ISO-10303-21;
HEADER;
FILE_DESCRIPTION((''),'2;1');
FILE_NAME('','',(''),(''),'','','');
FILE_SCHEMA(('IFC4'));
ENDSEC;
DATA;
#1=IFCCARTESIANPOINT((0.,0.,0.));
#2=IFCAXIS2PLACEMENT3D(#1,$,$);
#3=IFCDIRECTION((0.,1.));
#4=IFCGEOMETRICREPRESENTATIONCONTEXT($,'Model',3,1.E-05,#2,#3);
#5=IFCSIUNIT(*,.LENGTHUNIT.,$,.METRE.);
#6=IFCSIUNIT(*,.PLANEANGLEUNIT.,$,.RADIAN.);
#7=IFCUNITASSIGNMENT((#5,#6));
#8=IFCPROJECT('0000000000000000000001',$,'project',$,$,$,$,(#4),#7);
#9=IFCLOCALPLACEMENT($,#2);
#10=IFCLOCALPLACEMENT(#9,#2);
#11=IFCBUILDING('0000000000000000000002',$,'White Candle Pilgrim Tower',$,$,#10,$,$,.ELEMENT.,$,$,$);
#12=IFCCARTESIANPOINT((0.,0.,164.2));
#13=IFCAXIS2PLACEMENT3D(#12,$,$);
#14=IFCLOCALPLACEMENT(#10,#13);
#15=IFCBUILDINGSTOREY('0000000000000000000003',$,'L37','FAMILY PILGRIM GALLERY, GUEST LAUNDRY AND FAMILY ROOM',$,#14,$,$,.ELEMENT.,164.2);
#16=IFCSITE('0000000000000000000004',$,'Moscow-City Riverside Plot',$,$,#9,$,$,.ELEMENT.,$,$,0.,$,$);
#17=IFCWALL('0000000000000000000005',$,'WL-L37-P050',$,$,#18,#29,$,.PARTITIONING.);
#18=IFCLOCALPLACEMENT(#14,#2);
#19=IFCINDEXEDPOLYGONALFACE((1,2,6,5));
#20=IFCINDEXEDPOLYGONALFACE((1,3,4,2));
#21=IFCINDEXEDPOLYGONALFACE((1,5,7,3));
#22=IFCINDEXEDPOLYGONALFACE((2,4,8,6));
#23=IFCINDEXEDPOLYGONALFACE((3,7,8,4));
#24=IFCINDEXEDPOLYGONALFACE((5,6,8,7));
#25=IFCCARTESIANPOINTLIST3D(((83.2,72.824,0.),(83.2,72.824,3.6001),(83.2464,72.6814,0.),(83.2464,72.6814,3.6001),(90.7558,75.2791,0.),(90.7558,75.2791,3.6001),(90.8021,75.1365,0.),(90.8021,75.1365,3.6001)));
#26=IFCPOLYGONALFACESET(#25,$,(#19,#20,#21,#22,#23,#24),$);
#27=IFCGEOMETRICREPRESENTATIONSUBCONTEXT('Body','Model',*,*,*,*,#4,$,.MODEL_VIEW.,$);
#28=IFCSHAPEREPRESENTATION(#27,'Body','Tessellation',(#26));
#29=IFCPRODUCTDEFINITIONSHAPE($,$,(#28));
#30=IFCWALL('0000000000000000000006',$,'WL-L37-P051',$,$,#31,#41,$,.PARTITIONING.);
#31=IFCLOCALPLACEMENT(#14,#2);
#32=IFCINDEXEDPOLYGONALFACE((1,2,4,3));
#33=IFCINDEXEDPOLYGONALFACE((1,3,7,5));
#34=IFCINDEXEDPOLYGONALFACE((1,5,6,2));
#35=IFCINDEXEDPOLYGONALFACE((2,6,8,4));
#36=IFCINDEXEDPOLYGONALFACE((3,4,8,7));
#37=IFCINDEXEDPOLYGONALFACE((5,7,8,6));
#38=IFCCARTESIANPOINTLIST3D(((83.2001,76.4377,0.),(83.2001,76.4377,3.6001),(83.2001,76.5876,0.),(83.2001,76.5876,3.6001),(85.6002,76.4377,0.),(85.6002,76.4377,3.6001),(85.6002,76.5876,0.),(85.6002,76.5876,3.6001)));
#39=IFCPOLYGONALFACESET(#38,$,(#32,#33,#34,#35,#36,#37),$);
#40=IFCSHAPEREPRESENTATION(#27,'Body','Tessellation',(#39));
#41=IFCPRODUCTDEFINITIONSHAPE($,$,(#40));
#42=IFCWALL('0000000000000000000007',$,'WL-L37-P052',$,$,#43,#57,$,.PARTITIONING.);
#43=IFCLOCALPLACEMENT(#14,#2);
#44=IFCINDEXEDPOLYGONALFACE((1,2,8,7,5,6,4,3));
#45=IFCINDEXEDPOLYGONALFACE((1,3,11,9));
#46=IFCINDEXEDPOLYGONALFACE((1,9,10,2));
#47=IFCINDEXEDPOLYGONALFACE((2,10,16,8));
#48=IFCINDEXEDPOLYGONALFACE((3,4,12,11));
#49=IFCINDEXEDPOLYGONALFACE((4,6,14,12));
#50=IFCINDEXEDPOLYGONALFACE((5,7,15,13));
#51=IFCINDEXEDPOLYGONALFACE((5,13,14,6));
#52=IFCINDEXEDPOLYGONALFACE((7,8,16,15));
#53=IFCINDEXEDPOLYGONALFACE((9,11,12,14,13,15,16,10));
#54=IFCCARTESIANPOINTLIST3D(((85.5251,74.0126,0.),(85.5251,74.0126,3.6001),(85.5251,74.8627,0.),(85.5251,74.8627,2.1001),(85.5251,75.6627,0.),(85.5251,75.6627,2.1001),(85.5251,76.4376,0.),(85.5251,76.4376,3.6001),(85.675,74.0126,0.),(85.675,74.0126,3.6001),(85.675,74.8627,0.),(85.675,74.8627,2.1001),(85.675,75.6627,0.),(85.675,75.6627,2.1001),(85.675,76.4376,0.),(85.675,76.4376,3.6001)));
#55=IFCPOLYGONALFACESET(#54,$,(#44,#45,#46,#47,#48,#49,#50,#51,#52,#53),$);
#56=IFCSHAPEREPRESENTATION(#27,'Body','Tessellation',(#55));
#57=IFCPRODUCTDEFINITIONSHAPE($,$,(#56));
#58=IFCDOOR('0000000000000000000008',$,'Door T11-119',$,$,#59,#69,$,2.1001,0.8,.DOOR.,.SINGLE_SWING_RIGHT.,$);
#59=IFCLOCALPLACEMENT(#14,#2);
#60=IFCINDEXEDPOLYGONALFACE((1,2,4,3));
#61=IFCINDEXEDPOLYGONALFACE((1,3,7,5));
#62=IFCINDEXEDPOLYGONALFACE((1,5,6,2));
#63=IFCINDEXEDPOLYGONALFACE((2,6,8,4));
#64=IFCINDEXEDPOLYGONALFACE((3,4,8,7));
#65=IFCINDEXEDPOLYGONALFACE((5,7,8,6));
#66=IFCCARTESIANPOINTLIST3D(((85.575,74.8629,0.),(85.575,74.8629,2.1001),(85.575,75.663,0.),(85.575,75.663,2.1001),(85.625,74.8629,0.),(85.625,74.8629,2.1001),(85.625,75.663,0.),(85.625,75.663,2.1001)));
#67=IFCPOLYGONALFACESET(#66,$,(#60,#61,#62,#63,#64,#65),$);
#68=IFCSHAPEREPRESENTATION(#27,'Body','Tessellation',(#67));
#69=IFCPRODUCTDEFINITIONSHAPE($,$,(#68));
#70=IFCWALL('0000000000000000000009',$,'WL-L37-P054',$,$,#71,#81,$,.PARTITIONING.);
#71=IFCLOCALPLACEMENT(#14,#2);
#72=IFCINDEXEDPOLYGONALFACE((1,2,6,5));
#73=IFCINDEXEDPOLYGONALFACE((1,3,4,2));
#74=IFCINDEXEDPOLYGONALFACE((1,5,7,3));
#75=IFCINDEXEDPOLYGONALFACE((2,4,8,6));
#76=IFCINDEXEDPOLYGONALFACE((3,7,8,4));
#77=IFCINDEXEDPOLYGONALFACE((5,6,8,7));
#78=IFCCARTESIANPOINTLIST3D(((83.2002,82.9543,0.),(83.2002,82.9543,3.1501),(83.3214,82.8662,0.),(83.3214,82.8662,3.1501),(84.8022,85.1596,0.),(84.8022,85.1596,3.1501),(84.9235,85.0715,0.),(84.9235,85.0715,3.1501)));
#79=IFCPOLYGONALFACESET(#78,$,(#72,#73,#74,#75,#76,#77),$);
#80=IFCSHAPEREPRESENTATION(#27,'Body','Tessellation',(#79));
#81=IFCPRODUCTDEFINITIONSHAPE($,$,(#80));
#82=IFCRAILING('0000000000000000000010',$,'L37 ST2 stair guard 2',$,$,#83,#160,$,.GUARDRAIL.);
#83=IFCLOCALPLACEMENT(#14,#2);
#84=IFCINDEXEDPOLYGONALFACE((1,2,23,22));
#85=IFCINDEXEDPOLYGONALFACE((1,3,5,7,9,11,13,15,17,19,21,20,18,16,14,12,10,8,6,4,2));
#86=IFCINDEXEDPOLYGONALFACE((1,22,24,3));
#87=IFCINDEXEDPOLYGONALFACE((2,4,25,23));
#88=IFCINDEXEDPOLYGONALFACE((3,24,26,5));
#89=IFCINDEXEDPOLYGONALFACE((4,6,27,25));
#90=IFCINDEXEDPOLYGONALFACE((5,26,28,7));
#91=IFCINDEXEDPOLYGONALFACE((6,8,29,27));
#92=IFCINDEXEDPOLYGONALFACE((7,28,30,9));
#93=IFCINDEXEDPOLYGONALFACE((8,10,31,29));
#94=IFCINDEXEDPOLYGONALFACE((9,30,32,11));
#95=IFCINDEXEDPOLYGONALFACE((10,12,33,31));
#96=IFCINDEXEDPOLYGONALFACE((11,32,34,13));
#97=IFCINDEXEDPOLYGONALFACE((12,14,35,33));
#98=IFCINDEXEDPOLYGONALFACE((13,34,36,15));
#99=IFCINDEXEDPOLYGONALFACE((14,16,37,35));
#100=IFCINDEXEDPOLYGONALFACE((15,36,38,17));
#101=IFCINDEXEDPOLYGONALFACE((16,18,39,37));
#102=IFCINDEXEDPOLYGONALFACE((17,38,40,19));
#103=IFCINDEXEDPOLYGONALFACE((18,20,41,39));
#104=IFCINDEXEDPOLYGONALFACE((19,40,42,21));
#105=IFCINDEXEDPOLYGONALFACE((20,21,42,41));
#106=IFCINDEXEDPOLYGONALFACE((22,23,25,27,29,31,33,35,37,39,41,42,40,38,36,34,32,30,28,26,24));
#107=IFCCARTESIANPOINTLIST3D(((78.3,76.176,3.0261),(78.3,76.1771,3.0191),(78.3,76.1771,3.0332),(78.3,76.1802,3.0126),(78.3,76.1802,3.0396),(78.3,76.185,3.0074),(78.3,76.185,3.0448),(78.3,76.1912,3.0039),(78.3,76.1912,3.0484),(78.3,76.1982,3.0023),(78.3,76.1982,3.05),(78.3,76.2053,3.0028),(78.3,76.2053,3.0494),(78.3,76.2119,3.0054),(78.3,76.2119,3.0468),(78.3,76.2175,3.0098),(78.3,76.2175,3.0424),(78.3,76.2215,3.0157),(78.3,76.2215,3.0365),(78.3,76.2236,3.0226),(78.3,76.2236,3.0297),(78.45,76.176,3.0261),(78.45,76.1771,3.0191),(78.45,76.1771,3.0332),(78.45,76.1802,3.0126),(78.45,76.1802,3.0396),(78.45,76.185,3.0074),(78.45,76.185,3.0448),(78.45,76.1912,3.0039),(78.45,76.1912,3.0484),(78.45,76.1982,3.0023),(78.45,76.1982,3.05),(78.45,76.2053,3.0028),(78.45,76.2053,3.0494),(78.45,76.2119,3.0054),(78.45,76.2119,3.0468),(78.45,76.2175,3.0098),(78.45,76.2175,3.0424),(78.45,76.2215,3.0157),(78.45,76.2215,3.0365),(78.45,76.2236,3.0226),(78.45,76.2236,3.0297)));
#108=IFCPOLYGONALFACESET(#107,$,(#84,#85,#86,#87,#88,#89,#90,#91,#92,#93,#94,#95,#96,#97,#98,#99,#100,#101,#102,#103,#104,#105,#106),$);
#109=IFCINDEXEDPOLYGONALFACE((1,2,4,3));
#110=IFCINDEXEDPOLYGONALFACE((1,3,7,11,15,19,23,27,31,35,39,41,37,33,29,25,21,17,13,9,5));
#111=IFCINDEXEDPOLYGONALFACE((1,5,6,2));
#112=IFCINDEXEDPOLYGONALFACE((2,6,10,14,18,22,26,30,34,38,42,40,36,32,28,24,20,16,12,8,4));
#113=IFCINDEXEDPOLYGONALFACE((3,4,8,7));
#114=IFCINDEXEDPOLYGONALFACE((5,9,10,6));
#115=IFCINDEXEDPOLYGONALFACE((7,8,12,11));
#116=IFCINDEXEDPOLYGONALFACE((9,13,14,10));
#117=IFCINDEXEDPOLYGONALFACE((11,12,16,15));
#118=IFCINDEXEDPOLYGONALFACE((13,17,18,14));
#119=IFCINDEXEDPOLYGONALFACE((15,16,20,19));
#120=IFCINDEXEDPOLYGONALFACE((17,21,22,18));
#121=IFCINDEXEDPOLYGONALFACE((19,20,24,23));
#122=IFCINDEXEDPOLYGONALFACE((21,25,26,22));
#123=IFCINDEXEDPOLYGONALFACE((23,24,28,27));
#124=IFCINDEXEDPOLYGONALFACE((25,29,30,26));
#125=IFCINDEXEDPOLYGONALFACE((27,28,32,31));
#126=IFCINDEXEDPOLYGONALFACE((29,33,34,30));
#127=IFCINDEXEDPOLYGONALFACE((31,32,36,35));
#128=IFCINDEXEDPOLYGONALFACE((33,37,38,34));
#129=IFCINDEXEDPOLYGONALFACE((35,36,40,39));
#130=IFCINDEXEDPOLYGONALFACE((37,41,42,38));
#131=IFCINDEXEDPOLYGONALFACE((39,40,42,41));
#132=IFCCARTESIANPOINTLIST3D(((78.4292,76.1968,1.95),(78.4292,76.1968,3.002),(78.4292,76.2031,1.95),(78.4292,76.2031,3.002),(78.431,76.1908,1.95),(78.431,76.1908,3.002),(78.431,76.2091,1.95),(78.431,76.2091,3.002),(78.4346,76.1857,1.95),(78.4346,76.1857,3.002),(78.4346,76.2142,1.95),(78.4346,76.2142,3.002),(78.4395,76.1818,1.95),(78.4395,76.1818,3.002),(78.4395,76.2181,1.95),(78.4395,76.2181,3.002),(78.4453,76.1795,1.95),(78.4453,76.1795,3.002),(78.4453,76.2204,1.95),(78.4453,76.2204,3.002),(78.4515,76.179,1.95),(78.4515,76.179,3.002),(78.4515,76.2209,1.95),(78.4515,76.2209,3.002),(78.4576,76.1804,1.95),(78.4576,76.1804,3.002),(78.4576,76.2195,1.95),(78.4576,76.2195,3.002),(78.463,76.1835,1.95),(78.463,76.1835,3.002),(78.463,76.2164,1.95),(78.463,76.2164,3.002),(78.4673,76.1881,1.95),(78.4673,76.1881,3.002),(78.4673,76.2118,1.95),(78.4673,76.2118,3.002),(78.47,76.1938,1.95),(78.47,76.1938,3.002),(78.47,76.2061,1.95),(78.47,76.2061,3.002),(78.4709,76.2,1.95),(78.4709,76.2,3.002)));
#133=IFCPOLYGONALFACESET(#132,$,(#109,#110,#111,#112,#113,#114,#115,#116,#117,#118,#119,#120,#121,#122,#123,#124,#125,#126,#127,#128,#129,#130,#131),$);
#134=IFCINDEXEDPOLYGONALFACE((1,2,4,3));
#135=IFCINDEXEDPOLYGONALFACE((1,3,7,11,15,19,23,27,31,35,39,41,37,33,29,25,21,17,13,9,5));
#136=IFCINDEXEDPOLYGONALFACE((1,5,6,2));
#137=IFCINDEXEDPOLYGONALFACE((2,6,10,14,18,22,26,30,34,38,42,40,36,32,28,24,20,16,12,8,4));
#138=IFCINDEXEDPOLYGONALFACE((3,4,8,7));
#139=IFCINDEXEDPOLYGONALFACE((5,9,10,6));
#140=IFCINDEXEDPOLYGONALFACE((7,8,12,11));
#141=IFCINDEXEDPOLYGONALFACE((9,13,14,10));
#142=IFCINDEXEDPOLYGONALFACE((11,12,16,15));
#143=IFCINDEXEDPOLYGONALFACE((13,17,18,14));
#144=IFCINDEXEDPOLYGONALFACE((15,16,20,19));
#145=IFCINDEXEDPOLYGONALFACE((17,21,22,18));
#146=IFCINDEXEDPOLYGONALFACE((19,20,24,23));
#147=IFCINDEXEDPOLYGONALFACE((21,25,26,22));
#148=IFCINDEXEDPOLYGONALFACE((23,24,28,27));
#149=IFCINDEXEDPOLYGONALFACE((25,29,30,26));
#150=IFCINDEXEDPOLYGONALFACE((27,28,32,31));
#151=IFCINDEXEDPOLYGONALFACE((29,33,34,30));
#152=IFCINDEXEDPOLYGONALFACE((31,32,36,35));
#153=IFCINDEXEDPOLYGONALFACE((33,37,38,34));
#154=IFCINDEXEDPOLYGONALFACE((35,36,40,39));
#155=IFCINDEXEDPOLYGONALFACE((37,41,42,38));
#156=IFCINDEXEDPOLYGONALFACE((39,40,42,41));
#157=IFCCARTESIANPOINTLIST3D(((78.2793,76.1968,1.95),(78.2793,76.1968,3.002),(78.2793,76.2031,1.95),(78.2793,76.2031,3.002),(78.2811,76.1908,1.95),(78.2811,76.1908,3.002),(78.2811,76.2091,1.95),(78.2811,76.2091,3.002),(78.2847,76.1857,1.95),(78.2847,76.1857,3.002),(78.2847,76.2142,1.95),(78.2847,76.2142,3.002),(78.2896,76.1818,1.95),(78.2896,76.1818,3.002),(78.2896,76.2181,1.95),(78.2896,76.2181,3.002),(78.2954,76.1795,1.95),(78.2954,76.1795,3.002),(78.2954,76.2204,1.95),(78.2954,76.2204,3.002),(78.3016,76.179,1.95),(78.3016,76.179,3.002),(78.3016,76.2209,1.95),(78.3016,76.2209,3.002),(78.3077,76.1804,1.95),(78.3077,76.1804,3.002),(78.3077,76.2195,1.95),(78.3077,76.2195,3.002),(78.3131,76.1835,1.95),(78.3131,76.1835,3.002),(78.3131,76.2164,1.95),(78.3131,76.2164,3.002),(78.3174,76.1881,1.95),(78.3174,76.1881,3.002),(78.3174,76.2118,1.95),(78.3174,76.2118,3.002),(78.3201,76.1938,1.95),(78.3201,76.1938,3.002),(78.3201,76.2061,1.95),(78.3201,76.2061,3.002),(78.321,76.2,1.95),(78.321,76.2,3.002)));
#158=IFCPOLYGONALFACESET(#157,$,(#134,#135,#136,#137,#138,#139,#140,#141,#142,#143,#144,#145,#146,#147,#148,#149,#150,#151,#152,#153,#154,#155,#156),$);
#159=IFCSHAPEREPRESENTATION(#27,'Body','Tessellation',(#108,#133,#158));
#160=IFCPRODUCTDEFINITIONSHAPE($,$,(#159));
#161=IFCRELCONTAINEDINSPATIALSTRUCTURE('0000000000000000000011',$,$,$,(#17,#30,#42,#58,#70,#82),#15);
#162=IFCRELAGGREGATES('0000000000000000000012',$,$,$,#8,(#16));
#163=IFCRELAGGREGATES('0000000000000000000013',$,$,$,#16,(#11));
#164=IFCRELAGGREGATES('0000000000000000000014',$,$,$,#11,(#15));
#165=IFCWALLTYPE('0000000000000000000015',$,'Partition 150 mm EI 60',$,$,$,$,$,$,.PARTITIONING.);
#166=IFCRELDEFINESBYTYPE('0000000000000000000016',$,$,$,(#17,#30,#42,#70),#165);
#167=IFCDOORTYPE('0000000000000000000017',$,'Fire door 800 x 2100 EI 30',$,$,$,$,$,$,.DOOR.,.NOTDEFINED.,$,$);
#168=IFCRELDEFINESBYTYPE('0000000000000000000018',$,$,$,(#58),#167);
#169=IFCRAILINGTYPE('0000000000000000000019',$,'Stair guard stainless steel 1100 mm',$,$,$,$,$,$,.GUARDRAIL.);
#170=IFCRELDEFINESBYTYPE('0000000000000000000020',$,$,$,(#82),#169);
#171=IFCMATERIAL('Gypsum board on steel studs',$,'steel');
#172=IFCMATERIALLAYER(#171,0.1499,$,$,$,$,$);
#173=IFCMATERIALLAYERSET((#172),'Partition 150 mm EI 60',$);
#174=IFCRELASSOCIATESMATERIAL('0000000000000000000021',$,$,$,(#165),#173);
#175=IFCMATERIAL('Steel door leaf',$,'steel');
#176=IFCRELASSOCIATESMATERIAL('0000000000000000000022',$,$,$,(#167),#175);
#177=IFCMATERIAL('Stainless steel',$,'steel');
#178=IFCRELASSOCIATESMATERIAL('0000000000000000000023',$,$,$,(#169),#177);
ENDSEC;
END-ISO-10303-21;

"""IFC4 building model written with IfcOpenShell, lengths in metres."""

from ifc_helpers import new_model, si_unit, direction, frame, frame_2d, origin, origin_2d, place, context, subcontext, project, spatial, rectangle, circle, extrude, material, layer, layer_set, type_object, element, fill, save


model = new_model("IFC4")

# Units and contexts
model_context = context("Model", 3, precision=1e-05, world=origin(), true_north=direction((0.0, 1.0)))
body_context = subcontext(model_context, "Body", "Model", "MODEL_VIEW")
ifc_project = project(units=[si_unit("LENGTHUNIT", "METRE"), si_unit("PLANEANGLEUNIT", "RADIAN")], contexts=[model_context])

# Site, building, storey
site_placement = place(None, origin())
site = spatial("IfcSite", under=ifc_project, at=site_placement, Name="Moscow-City Riverside Plot", CompositionType="ELEMENT", RefElevation=0.0)
building_placement = place(site_placement, origin())
building = spatial("IfcBuilding", under=site, at=building_placement, Name="White Candle Pilgrim Tower", CompositionType="ELEMENT")
storey_placement = place(building_placement, frame((0.0, 0.0, 164.2)))
storey = spatial("IfcBuildingStorey", under=building, at=storey_placement, Name="L37", Description="FAMILY PILGRIM GALLERY, GUEST LAUNDRY AND FAMILY ROOM", CompositionType="ELEMENT", Elevation=164.2)

# Shared definitions
ifc_material_1 = material(Name="Steel door leaf", Category="steel")

# Shared definitions
ifc_material_2 = material(Name="Gypsum board on steel studs", Category="steel")

# Walls
ifc_layer_1 = layer(ifc_material_2, 0.1499)
ifc_layer_set_1 = layer_set([ifc_layer_1], Name="Partition 150 mm EI 60")
wall_type_1 = type_object("IfcWallType", Name="Partition 150 mm EI 60", PredefinedType="PARTITIONING", material=ifc_layer_set_1)
wall_1_placement = place(storey_placement, frame((90.7788, 75.2078, 0.0), z_axis=(0.0, 0.0, 1.0), x_axis=(-0.951053, -0.309028, 0.0)))
element("IfcWall", 1, at=wall_1_placement, inside=storey, type_object=wall_type_1, Name="WL-L37-P050", PredefinedType="PARTITIONING", context=body_context, shape_type="SweptSolid", body=[
    extrude(rectangle(XDim=7.9446, YDim=0.1499, at=frame_2d((3.9722, 0.0))), origin(), (0.0, 0.0, 1.0), 3.6001),
])
wall_2_placement = place(storey_placement, frame((83.2, 76.5127, 0.0), z_axis=(0.0, 0.0, 1.0), x_axis=(1.0, 0.0, 0.0)))
element("IfcWall", 2, at=wall_2_placement, inside=storey, type_object=wall_type_1, Name="WL-L37-P051", PredefinedType="PARTITIONING", context=body_context, shape_type="SweptSolid", body=[
    extrude(rectangle(XDim=2.4001, YDim=0.1499, at=frame_2d((1.2002, 0.0))), origin(), (0.0, 0.0, 1.0), 3.6001),
])

# Wall, opening, door
wall_3_placement = place(storey_placement, frame((85.6001, 74.0127, 0.0), z_axis=(0.0, 0.0, 1.0), x_axis=(0.0, 1.0, 0.0)))
wall_3 = element("IfcWall", 3, at=wall_3_placement, inside=storey, type_object=wall_type_1, Name="WL-L37-P052", PredefinedType="PARTITIONING", context=body_context, shape_type="SweptSolid", body=[
    extrude(rectangle(XDim=2.425, YDim=0.1499, at=frame_2d((1.2124, 0.0))), origin(), (0.0, 0.0, 1.0), 3.6001),
])
opening_1_placement = place(wall_3_placement, frame((0.8501, 0.0, 0.0)))
opening_1 = element("IfcOpeningElement", 4, at=opening_1_placement, cuts=wall_3, PredefinedType="OPENING", context=body_context, shape_type="SweptSolid", body=[
    extrude(rectangle(XDim=0.8, YDim=2.1001, at=frame_2d((0.3999, 1.05))), frame((0.0, 0.085, 0.0), z_axis=(0.0, -1.0, 0.0), x_axis=(1.0, 0.0, 0.0)), (0.0, 0.0, 1.0), 0.1699),
])
door_type_1 = type_object("IfcDoorType", Name="Fire door 800 x 2100 EI 30", OperationType="NOTDEFINED", PredefinedType="DOOR", material=ifc_material_1)
door_1_placement = place(opening_1_placement, frame((0.8, 0.0, 0.0), z_axis=(0.0, 0.0, 1.0), x_axis=(-1.0, 0.0, 0.0)))
door_1 = element("IfcDoor", 5, at=door_1_placement, inside=storey, type_object=door_type_1, Name="Door T11-119", OperationType="SINGLE_SWING_RIGHT", OverallHeight=2.1001, OverallWidth=0.8, PredefinedType="DOOR", context=body_context, shape_type="SweptSolid", body=[
    extrude(rectangle(XDim=0.8, YDim=2.1001, at=frame_2d((0.3999, 1.05))), frame((0.0, 0.0249, 0.0), z_axis=(0.0, -1.0, 0.0), x_axis=(1.0, 0.0, 0.0)), (0.0, 0.0, 1.0), 0.05),
])
fill(opening_1, door_1)

# Wall
wall_4_placement = place(storey_placement, frame((84.8628, 85.1155, 0.0), z_axis=(0.0, 0.0, 1.0), x_axis=(-0.587735, -0.809054, 0.0)))
element("IfcWall", 6, at=wall_4_placement, inside=storey, type_object=wall_type_1, Name="WL-L37-P054", PredefinedType="PARTITIONING", context=body_context, shape_type="SweptSolid", body=[
    extrude(rectangle(XDim=2.7258, YDim=0.1499, at=frame_2d((1.3628, 0.0))), origin(), (0.0, 0.0, 1.0), 3.1501),
])

# Railing
ifc_material_3 = material(Name="Stainless steel", Category="steel")
railing_type = type_object("IfcRailingType", Name="Stair guard stainless steel 1100 mm", PredefinedType="GUARDRAIL", material=ifc_material_3)
railing_1_placement = place(storey_placement, frame((78.45, 76.2, 1.95)))
element("IfcRailing", 7, at=railing_1_placement, inside=storey, type_object=railing_type, Name="L37 ST2 stair guard 2", PredefinedType="GUARDRAIL", context=body_context, shape_type="SweptSolid", body=[
    extrude(circle(Radius=0.0239, at=origin_2d()), frame((0.0, 0.0, 1.0762), z_axis=(-1.0, 0.0, 0.0), x_axis=(0.0, -1.0, 0.0)), (0.0, 0.0, 1.0), 0.1499),
    extrude(circle(Radius=0.021, at=origin_2d()), origin(), (0.0, 0.0, 1.0), 1.052),
    extrude(circle(Radius=0.021, at=origin_2d()), frame((-0.1499, 0.0, 0.0)), (0.0, 0.0, 1.0), 1.052),
])

save(model, "model.ifc")
